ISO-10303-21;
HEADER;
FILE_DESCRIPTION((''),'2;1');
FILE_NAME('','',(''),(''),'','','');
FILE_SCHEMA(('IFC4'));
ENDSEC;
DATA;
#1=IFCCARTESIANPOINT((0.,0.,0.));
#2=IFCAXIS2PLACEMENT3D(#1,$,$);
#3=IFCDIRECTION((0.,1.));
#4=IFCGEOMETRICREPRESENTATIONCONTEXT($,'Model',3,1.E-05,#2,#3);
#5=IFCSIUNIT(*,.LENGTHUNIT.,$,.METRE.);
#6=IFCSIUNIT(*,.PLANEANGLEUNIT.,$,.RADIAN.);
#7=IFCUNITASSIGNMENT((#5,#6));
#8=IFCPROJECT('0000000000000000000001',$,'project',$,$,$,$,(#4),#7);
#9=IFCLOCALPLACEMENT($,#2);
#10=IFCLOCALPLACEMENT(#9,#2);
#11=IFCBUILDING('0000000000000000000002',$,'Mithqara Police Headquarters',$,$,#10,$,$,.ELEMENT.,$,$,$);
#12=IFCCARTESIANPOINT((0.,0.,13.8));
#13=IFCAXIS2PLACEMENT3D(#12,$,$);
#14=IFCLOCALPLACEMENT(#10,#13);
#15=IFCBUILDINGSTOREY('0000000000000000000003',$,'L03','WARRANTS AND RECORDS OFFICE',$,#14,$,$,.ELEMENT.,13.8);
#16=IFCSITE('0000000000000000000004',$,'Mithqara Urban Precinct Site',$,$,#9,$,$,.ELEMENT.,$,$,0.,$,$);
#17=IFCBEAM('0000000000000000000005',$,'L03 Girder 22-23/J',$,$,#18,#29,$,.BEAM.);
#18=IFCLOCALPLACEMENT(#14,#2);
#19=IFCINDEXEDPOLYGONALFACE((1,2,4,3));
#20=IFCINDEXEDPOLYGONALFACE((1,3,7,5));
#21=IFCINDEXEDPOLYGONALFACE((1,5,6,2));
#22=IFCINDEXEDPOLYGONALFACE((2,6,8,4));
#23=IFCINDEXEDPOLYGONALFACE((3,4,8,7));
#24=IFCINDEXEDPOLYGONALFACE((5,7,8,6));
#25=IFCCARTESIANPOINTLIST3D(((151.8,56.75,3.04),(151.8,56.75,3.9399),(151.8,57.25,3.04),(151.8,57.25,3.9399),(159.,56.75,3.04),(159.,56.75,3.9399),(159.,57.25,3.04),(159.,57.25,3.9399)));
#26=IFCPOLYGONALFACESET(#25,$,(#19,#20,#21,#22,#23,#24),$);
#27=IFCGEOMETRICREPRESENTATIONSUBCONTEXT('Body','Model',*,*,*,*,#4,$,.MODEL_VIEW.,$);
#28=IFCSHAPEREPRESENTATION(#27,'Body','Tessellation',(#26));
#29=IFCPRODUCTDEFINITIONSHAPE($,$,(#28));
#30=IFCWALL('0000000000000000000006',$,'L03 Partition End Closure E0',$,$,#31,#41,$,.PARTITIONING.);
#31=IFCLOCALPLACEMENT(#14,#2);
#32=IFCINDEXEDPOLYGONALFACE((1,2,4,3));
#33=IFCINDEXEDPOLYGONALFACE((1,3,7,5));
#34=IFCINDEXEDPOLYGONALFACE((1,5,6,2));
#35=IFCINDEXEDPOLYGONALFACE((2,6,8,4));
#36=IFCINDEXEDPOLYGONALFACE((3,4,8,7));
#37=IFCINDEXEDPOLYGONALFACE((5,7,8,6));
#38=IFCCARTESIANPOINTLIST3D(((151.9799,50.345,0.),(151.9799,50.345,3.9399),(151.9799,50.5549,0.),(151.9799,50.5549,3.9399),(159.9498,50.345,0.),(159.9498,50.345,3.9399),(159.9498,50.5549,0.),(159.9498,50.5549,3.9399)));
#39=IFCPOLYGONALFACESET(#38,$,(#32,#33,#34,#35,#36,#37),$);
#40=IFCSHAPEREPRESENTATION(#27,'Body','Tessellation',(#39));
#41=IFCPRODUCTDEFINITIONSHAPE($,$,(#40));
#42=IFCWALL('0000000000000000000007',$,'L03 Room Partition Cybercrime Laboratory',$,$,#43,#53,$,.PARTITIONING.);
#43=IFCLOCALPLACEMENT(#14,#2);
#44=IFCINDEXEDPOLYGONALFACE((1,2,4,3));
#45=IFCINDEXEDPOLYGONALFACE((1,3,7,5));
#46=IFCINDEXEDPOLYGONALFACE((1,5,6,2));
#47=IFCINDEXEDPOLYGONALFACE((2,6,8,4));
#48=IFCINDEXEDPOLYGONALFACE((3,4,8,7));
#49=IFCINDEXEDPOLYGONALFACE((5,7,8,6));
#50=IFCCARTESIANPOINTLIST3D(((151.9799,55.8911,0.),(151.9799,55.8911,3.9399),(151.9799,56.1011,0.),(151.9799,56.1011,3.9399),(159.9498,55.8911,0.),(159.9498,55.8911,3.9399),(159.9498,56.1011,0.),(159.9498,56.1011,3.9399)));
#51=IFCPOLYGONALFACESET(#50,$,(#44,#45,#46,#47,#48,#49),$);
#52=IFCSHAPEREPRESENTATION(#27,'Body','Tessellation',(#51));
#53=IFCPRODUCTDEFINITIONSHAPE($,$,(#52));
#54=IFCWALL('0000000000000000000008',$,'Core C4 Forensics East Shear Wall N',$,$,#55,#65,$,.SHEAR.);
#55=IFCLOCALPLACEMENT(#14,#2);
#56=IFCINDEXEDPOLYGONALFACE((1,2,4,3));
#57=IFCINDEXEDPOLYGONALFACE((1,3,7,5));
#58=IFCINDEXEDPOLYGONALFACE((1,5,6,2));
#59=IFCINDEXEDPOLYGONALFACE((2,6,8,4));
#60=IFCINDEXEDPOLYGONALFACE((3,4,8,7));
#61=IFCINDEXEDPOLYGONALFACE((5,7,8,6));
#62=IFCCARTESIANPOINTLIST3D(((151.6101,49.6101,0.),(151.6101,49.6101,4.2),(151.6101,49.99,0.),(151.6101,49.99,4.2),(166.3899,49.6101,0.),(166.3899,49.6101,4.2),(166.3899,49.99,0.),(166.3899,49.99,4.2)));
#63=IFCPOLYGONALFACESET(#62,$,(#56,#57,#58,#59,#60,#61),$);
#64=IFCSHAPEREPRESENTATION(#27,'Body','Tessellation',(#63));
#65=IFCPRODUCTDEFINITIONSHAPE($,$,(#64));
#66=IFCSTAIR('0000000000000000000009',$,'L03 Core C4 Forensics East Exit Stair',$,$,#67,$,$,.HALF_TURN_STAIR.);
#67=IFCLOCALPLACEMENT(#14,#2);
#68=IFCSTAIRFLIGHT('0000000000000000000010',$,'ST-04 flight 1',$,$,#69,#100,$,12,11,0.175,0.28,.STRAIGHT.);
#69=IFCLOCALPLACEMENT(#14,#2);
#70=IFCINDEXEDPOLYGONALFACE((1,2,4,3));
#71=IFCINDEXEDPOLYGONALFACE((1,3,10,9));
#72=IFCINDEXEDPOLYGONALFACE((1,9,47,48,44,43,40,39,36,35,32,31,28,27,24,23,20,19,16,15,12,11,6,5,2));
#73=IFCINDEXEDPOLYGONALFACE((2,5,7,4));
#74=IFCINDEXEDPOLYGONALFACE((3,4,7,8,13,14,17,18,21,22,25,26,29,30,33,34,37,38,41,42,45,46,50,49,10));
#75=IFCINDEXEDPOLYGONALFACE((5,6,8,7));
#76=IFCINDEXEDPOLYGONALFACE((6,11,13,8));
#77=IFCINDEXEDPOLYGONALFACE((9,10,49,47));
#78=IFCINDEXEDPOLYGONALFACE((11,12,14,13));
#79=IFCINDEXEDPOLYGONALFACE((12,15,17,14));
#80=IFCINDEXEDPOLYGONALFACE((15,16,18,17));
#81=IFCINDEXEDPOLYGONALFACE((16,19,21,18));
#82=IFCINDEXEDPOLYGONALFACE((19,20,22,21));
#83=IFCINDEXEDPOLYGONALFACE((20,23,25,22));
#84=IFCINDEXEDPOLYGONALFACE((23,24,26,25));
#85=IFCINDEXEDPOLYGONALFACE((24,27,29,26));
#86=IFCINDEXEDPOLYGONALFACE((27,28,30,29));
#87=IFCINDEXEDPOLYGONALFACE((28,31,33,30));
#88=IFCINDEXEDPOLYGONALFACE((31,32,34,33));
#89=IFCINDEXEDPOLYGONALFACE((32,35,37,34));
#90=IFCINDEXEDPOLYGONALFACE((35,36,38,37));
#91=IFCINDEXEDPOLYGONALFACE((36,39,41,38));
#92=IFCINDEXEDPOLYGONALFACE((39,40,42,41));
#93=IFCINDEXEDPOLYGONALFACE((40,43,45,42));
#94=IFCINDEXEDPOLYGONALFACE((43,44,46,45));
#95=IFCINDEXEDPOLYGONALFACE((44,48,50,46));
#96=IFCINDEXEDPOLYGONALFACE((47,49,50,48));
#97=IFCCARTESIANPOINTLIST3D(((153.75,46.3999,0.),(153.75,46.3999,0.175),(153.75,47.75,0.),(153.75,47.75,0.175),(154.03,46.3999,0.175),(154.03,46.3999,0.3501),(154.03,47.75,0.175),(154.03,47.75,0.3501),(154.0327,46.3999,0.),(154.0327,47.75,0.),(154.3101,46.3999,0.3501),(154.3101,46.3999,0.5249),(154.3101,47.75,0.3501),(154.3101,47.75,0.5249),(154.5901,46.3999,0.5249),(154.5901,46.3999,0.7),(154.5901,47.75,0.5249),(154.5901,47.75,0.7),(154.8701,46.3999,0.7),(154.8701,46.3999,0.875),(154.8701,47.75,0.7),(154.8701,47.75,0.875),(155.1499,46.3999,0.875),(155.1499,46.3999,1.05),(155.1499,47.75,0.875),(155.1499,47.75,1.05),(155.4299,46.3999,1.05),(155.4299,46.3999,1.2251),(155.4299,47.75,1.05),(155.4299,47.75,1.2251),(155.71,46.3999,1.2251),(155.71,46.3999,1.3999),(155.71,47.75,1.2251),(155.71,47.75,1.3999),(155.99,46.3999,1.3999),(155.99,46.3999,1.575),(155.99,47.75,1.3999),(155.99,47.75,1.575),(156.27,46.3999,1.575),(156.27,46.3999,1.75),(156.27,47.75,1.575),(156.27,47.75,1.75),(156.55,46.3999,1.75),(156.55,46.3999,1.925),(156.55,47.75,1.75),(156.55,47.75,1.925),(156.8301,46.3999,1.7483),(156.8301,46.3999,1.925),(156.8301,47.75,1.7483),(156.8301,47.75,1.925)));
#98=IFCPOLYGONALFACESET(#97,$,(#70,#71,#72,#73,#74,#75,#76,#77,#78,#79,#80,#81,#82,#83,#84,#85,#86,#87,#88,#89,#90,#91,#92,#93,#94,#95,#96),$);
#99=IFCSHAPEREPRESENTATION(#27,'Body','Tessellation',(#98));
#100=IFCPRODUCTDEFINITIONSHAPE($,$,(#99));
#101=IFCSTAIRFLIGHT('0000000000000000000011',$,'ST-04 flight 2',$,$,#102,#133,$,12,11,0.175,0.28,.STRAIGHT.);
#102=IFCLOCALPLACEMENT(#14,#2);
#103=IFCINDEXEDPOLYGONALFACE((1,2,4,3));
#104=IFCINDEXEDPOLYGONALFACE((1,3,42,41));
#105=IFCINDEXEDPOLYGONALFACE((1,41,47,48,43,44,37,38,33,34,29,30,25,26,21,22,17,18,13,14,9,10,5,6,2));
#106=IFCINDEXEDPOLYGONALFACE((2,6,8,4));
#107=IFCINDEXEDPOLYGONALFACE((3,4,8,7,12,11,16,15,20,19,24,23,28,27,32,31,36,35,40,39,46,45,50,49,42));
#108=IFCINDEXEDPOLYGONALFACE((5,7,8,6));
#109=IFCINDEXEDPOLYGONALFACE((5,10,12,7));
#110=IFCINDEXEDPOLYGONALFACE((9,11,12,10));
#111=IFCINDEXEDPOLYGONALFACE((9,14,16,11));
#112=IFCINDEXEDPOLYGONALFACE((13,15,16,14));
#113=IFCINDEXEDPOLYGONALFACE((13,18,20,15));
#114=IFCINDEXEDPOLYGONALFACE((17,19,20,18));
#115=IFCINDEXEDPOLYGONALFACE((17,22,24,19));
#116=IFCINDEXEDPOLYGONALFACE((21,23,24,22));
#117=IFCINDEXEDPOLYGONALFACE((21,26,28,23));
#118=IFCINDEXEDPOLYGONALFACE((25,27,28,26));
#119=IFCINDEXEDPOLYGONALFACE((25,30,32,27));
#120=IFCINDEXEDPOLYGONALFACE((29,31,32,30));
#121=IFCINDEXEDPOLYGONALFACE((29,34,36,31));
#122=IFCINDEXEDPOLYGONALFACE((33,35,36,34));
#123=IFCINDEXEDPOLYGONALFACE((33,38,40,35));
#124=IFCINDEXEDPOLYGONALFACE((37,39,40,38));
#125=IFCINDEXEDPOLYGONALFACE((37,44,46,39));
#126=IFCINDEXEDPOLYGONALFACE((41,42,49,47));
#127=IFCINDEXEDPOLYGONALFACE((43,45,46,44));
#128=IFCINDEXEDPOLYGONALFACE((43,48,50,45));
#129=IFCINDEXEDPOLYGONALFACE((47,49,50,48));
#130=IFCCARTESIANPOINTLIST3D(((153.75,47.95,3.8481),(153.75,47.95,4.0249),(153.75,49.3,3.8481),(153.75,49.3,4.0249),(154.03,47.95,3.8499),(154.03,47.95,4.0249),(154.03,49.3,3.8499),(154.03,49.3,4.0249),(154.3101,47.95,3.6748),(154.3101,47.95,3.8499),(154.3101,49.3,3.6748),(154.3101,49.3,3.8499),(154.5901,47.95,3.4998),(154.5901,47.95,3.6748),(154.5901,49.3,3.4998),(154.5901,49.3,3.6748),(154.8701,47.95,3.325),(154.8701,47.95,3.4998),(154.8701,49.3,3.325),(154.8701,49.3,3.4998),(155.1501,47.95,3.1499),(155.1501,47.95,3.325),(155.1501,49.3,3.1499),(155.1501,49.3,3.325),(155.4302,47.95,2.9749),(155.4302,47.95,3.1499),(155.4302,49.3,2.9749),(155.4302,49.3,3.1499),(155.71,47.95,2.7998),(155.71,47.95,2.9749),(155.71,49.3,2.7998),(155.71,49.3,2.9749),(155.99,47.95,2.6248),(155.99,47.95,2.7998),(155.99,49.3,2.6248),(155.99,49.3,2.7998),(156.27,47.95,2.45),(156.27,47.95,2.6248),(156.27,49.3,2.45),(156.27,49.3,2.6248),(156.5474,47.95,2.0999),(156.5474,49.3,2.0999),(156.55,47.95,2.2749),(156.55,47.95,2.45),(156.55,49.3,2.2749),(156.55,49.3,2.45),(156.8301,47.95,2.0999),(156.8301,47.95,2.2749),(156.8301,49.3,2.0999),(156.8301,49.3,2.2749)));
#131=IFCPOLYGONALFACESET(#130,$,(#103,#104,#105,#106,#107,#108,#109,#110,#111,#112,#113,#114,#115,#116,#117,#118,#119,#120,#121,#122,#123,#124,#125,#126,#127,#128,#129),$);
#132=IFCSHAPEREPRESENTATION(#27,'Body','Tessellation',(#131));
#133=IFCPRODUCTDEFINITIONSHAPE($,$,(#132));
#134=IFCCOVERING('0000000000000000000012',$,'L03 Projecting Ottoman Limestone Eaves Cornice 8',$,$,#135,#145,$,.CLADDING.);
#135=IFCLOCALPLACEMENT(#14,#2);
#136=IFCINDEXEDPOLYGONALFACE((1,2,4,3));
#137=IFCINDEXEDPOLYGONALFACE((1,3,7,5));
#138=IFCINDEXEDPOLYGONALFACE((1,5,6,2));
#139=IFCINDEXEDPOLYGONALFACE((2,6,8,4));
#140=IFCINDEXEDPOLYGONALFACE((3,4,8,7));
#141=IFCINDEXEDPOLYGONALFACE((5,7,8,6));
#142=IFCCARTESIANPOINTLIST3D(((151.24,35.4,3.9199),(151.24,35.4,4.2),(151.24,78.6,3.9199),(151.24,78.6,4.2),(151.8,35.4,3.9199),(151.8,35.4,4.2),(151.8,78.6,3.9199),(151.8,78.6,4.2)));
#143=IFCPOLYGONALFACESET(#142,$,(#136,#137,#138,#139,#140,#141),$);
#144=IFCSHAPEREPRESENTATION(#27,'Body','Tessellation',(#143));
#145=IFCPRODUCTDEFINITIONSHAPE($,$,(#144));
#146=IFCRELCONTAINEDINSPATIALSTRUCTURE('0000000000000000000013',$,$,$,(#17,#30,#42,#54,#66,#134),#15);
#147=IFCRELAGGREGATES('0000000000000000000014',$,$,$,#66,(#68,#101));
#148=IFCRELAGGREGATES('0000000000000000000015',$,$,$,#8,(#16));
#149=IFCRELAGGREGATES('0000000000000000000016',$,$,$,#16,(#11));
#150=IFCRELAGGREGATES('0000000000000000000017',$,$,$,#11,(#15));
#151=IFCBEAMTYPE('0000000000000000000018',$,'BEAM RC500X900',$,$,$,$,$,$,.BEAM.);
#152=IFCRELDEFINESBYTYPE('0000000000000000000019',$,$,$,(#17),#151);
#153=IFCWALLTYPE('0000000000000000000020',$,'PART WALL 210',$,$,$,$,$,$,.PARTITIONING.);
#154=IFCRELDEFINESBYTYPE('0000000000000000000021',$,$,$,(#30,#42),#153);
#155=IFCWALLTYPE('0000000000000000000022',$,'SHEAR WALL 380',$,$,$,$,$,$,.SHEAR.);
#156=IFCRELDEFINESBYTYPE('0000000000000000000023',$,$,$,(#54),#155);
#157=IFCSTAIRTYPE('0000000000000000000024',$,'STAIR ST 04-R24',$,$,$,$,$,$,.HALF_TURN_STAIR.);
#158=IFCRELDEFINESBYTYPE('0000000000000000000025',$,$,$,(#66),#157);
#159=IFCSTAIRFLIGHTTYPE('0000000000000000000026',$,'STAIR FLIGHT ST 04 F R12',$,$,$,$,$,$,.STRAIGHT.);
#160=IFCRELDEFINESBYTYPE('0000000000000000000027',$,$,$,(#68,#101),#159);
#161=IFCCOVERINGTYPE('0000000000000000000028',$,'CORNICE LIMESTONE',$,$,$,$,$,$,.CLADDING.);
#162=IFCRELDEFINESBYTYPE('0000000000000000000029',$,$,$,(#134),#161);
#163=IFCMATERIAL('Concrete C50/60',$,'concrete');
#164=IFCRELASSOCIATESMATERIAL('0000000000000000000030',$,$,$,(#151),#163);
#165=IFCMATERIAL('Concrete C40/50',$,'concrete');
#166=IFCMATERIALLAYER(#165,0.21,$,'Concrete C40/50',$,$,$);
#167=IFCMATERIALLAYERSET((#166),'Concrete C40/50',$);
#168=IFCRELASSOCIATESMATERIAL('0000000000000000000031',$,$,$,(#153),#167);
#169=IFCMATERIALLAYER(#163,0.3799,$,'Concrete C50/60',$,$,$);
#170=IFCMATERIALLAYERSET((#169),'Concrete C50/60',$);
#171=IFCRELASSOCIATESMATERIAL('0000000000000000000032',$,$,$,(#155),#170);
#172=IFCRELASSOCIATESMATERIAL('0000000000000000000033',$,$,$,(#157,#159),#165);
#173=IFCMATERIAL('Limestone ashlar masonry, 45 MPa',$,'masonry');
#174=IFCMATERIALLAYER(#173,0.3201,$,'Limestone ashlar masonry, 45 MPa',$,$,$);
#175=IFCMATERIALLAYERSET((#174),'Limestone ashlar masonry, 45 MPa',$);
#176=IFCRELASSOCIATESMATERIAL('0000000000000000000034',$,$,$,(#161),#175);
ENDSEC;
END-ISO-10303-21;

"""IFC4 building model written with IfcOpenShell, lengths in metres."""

from ifc_helpers import new_model, si_unit, direction, frame, frame_2d, origin, origin_2d, place, context, subcontext, project, spatial, polyline, rectangle, outline, extrude, material, layer, layer_set, material_profile, profile_set, type_object, element, aggregate, save


model = new_model("IFC4")

# Units and contexts
model_context = context("Model", 3, precision=1e-05, world=origin(), true_north=direction((0.0, 1.0)))
body_context = subcontext(model_context, "Body", "Model", "MODEL_VIEW")
ifc_project = project(units=[si_unit("LENGTHUNIT", "METRE"), si_unit("PLANEANGLEUNIT", "RADIAN")], contexts=[model_context])

# Site, building, storey
site_placement = place(None, origin())
site = spatial("IfcSite", under=ifc_project, at=site_placement, Name="Mithqara Urban Precinct Site", CompositionType="ELEMENT", RefElevation=0.0)
building_placement = place(site_placement, origin())
building = spatial("IfcBuilding", under=site, at=building_placement, Name="Mithqara Police Headquarters", CompositionType="ELEMENT")
storey_placement = place(building_placement, frame((0.0, 0.0, 13.8)))
storey = spatial("IfcBuildingStorey", under=building, at=storey_placement, Name="L03", Description="WARRANTS AND RECORDS OFFICE", CompositionType="ELEMENT", Elevation=13.8)

# Shared definitions
ifc_material_1 = material(Name="Concrete C50/60", Category="concrete")

# Beam
ifc_material_2 = material(Name="Concrete C40/50", Category="concrete")
ifc_material_profile_1 = material_profile(ifc_material_1, rectangle(XDim=0.5, YDim=0.8999, at=origin_2d()), Name="RC 500x900")
ifc_profile_set_1 = profile_set([ifc_material_profile_1], Name="Concrete C50/60")
beam_type_1 = type_object("IfcBeamType", Name="BEAM RC500X900", PredefinedType="BEAM", material=ifc_profile_set_1)
beam_1_placement = place(storey_placement, frame((151.8, 57.0, 3.49), z_axis=(1.0, 0.0, 0.0), x_axis=(0.0, 1.0, 0.0)))
element("IfcBeam", 1, at=beam_1_placement, inside=storey, type_object=beam_type_1, Name="L03 Girder 22-23/J", PredefinedType="BEAM", context=body_context, shape_type="SweptSolid", body=[
    extrude(rectangle(XDim=0.5, YDim=0.8999, at=origin_2d()), origin(), (0.0, 0.0, 1.0), 7.2),
])

# Walls
ifc_layer_1 = layer(ifc_material_2, 0.21, Name="Concrete C40/50")
ifc_layer_set_1 = layer_set([ifc_layer_1], Name="Concrete C40/50")
wall_type_1 = type_object("IfcWallType", Name="PART WALL 210", PredefinedType="PARTITIONING", material=ifc_layer_set_1)
for number, where, z_axis, x_axis, name in (
    (2, (151.98, 50.45, 0.0), (0.0, 0.0, 1.0), (1.0, 0.0, 0.0), "L03 Partition End Closure E0"),
    (3, (151.98, 55.9961, 0.0), (0.0, 0.0, 1.0), (1.0, 0.0, 0.0), "L03 Room Partition Cybercrime Laboratory"),
):
    element("IfcWall", number, at=place(storey_placement, frame(where, z_axis=z_axis, x_axis=x_axis)), inside=storey, type_object=wall_type_1, Name=name, PredefinedType="PARTITIONING", context=body_context, shape_type="SweptSolid", body=[
        extrude(rectangle(XDim=7.97, YDim=0.21, at=frame_2d((3.9849, 0.0))), origin(), (0.0, 0.0, 1.0), 3.9399),
    ])
ifc_layer_2 = layer(ifc_material_1, 0.3799, Name="Concrete C50/60")
ifc_layer_set_2 = layer_set([ifc_layer_2], Name="Concrete C50/60")
wall_type_2 = type_object("IfcWallType", Name="SHEAR WALL 380", PredefinedType="SHEAR", material=ifc_layer_set_2)
wall_placement = place(storey_placement, frame((151.6101, 49.8, 0.0), z_axis=(0.0, 0.0, 1.0), x_axis=(1.0, 0.0, 0.0)))
element("IfcWall", 4, at=wall_placement, inside=storey, type_object=wall_type_2, Name="Core C4 Forensics East Shear Wall N", PredefinedType="SHEAR", context=body_context, shape_type="SweptSolid", body=[
    extrude(rectangle(XDim=14.7798, YDim=0.3799, at=frame_2d((7.3899, 0.0))), origin(), (0.0, 0.0, 1.0), 4.2),
])

# Stair, stair flights
stair_type = type_object("IfcStairType", Name="STAIR ST 04-R24", PredefinedType="HALF_TURN_STAIR", material=ifc_material_2)
stair_placement = place(storey_placement, origin())
stair = element("IfcStair", 5, at=stair_placement, inside=storey, type_object=stair_type, Name="L03 Core C4 Forensics East Exit Stair", PredefinedType="HALF_TURN_STAIR")
stair_flight_type = type_object("IfcStairFlightType", Name="STAIR FLIGHT ST 04 F R12", PredefinedType="STRAIGHT", material=ifc_material_2)
stair_flight_1_placement = place(storey_placement, frame((153.75, 47.075, 0.0), z_axis=(0.0, 0.0, 1.0), x_axis=(1.0, 0.0, 0.0)))
stair_flight_1 = element("IfcStairFlight", 6, at=stair_flight_1_placement, type_object=stair_flight_type, Name="ST-04 flight 1", NumberOfRisers=12, NumberOfTreads=11, PredefinedType="STRAIGHT", RiserHeight=0.175, TreadLength=0.28, context=body_context, shape_type="SweptSolid", body=[
    extrude(outline(polyline([(0.0, 0.0), (0.0, 0.175), (0.28, 0.175), (0.28, 0.3501), (0.5601, 0.3501), (0.5601, 0.5249), (0.8401, 0.5249), (0.8401, 0.7), (1.1201, 0.7), (1.1201, 0.875), (1.3999, 0.875), (1.3999, 1.05), (1.6799, 1.05), (1.6799, 1.2251), (1.96, 1.2251), (1.96, 1.3999), (2.24, 1.3999), (2.24, 1.575), (2.52, 1.575), (2.52, 1.75), (2.8, 1.75), (2.8, 1.925), (3.0801, 1.925), (3.0801, 2.1001), (3.0801, 1.7483), (0.2827, 0.0), (0.0, 0.0)])), frame((0.0, 0.675, 0.0), z_axis=(0.0, -1.0, 0.0), x_axis=(1.0, 0.0, 0.0)), (0.0, 0.0, 1.0), 1.3501),
])
stair_flight_2_placement = place(storey_placement, frame((156.8301, 48.625, 2.0999), z_axis=(0.0, 0.0, 1.0), x_axis=(-1.0, 0.0, 0.0)))
stair_flight_2 = element("IfcStairFlight", 7, at=stair_flight_2_placement, type_object=stair_flight_type, Name="ST-04 flight 2", NumberOfRisers=12, NumberOfTreads=11, PredefinedType="STRAIGHT", RiserHeight=0.175, TreadLength=0.28, context=body_context, shape_type="SweptSolid", body=[
    extrude(outline(polyline([(0.0, 0.0), (0.0, 0.175), (0.28, 0.175), (0.28, 0.3501), (0.5601, 0.3501), (0.5601, 0.5249), (0.8401, 0.5249), (0.8401, 0.7), (1.1201, 0.7), (1.1201, 0.875), (1.3999, 0.875), (1.3999, 1.05), (1.6799, 1.05), (1.6799, 1.2251), (1.96, 1.2251), (1.96, 1.3999), (2.24, 1.3999), (2.24, 1.575), (2.52, 1.575), (2.52, 1.75), (2.8, 1.75), (2.8, 1.925), (3.0801, 1.925), (3.0801, 2.1001), (3.0801, 1.7483), (0.2827, 0.0), (0.0, 0.0)])), frame((0.0, 0.675, 0.0), z_axis=(0.0, -1.0, 0.0), x_axis=(1.0, 0.0, 0.0)), (0.0, 0.0, 1.0), 1.3501),
])
aggregate(stair, [stair_flight_1, stair_flight_2])

# Covering
ifc_material_3 = material(Name="Limestone ashlar masonry, 45 MPa", Category="masonry")
ifc_layer_3 = layer(ifc_material_3, 0.3201, Name="Limestone ashlar masonry, 45 MPa")
ifc_layer_set_3 = layer_set([ifc_layer_3], Name="Limestone ashlar masonry, 45 MPa")
covering_type_1 = type_object("IfcCoveringType", Name="CORNICE LIMESTONE", PredefinedType="CLADDING", material=ifc_layer_set_3)
covering_1_placement = place(storey_placement, frame((151.52, 57.0, 3.9199), z_axis=(0.0, 0.0, 1.0), x_axis=(0.0, 1.0, 0.0)))
element("IfcCovering", 8, at=covering_1_placement, inside=storey, type_object=covering_type_1, Name="L03 Projecting Ottoman Limestone Eaves Cornice 8", PredefinedType="CLADDING", context=body_context, shape_type="SweptSolid", body=[
    extrude(rectangle(XDim=43.2, YDim=0.5601, at=origin_2d()), origin(), (0.0, 0.0, 1.0), 0.28),
])

save(model, "model.ifc")
